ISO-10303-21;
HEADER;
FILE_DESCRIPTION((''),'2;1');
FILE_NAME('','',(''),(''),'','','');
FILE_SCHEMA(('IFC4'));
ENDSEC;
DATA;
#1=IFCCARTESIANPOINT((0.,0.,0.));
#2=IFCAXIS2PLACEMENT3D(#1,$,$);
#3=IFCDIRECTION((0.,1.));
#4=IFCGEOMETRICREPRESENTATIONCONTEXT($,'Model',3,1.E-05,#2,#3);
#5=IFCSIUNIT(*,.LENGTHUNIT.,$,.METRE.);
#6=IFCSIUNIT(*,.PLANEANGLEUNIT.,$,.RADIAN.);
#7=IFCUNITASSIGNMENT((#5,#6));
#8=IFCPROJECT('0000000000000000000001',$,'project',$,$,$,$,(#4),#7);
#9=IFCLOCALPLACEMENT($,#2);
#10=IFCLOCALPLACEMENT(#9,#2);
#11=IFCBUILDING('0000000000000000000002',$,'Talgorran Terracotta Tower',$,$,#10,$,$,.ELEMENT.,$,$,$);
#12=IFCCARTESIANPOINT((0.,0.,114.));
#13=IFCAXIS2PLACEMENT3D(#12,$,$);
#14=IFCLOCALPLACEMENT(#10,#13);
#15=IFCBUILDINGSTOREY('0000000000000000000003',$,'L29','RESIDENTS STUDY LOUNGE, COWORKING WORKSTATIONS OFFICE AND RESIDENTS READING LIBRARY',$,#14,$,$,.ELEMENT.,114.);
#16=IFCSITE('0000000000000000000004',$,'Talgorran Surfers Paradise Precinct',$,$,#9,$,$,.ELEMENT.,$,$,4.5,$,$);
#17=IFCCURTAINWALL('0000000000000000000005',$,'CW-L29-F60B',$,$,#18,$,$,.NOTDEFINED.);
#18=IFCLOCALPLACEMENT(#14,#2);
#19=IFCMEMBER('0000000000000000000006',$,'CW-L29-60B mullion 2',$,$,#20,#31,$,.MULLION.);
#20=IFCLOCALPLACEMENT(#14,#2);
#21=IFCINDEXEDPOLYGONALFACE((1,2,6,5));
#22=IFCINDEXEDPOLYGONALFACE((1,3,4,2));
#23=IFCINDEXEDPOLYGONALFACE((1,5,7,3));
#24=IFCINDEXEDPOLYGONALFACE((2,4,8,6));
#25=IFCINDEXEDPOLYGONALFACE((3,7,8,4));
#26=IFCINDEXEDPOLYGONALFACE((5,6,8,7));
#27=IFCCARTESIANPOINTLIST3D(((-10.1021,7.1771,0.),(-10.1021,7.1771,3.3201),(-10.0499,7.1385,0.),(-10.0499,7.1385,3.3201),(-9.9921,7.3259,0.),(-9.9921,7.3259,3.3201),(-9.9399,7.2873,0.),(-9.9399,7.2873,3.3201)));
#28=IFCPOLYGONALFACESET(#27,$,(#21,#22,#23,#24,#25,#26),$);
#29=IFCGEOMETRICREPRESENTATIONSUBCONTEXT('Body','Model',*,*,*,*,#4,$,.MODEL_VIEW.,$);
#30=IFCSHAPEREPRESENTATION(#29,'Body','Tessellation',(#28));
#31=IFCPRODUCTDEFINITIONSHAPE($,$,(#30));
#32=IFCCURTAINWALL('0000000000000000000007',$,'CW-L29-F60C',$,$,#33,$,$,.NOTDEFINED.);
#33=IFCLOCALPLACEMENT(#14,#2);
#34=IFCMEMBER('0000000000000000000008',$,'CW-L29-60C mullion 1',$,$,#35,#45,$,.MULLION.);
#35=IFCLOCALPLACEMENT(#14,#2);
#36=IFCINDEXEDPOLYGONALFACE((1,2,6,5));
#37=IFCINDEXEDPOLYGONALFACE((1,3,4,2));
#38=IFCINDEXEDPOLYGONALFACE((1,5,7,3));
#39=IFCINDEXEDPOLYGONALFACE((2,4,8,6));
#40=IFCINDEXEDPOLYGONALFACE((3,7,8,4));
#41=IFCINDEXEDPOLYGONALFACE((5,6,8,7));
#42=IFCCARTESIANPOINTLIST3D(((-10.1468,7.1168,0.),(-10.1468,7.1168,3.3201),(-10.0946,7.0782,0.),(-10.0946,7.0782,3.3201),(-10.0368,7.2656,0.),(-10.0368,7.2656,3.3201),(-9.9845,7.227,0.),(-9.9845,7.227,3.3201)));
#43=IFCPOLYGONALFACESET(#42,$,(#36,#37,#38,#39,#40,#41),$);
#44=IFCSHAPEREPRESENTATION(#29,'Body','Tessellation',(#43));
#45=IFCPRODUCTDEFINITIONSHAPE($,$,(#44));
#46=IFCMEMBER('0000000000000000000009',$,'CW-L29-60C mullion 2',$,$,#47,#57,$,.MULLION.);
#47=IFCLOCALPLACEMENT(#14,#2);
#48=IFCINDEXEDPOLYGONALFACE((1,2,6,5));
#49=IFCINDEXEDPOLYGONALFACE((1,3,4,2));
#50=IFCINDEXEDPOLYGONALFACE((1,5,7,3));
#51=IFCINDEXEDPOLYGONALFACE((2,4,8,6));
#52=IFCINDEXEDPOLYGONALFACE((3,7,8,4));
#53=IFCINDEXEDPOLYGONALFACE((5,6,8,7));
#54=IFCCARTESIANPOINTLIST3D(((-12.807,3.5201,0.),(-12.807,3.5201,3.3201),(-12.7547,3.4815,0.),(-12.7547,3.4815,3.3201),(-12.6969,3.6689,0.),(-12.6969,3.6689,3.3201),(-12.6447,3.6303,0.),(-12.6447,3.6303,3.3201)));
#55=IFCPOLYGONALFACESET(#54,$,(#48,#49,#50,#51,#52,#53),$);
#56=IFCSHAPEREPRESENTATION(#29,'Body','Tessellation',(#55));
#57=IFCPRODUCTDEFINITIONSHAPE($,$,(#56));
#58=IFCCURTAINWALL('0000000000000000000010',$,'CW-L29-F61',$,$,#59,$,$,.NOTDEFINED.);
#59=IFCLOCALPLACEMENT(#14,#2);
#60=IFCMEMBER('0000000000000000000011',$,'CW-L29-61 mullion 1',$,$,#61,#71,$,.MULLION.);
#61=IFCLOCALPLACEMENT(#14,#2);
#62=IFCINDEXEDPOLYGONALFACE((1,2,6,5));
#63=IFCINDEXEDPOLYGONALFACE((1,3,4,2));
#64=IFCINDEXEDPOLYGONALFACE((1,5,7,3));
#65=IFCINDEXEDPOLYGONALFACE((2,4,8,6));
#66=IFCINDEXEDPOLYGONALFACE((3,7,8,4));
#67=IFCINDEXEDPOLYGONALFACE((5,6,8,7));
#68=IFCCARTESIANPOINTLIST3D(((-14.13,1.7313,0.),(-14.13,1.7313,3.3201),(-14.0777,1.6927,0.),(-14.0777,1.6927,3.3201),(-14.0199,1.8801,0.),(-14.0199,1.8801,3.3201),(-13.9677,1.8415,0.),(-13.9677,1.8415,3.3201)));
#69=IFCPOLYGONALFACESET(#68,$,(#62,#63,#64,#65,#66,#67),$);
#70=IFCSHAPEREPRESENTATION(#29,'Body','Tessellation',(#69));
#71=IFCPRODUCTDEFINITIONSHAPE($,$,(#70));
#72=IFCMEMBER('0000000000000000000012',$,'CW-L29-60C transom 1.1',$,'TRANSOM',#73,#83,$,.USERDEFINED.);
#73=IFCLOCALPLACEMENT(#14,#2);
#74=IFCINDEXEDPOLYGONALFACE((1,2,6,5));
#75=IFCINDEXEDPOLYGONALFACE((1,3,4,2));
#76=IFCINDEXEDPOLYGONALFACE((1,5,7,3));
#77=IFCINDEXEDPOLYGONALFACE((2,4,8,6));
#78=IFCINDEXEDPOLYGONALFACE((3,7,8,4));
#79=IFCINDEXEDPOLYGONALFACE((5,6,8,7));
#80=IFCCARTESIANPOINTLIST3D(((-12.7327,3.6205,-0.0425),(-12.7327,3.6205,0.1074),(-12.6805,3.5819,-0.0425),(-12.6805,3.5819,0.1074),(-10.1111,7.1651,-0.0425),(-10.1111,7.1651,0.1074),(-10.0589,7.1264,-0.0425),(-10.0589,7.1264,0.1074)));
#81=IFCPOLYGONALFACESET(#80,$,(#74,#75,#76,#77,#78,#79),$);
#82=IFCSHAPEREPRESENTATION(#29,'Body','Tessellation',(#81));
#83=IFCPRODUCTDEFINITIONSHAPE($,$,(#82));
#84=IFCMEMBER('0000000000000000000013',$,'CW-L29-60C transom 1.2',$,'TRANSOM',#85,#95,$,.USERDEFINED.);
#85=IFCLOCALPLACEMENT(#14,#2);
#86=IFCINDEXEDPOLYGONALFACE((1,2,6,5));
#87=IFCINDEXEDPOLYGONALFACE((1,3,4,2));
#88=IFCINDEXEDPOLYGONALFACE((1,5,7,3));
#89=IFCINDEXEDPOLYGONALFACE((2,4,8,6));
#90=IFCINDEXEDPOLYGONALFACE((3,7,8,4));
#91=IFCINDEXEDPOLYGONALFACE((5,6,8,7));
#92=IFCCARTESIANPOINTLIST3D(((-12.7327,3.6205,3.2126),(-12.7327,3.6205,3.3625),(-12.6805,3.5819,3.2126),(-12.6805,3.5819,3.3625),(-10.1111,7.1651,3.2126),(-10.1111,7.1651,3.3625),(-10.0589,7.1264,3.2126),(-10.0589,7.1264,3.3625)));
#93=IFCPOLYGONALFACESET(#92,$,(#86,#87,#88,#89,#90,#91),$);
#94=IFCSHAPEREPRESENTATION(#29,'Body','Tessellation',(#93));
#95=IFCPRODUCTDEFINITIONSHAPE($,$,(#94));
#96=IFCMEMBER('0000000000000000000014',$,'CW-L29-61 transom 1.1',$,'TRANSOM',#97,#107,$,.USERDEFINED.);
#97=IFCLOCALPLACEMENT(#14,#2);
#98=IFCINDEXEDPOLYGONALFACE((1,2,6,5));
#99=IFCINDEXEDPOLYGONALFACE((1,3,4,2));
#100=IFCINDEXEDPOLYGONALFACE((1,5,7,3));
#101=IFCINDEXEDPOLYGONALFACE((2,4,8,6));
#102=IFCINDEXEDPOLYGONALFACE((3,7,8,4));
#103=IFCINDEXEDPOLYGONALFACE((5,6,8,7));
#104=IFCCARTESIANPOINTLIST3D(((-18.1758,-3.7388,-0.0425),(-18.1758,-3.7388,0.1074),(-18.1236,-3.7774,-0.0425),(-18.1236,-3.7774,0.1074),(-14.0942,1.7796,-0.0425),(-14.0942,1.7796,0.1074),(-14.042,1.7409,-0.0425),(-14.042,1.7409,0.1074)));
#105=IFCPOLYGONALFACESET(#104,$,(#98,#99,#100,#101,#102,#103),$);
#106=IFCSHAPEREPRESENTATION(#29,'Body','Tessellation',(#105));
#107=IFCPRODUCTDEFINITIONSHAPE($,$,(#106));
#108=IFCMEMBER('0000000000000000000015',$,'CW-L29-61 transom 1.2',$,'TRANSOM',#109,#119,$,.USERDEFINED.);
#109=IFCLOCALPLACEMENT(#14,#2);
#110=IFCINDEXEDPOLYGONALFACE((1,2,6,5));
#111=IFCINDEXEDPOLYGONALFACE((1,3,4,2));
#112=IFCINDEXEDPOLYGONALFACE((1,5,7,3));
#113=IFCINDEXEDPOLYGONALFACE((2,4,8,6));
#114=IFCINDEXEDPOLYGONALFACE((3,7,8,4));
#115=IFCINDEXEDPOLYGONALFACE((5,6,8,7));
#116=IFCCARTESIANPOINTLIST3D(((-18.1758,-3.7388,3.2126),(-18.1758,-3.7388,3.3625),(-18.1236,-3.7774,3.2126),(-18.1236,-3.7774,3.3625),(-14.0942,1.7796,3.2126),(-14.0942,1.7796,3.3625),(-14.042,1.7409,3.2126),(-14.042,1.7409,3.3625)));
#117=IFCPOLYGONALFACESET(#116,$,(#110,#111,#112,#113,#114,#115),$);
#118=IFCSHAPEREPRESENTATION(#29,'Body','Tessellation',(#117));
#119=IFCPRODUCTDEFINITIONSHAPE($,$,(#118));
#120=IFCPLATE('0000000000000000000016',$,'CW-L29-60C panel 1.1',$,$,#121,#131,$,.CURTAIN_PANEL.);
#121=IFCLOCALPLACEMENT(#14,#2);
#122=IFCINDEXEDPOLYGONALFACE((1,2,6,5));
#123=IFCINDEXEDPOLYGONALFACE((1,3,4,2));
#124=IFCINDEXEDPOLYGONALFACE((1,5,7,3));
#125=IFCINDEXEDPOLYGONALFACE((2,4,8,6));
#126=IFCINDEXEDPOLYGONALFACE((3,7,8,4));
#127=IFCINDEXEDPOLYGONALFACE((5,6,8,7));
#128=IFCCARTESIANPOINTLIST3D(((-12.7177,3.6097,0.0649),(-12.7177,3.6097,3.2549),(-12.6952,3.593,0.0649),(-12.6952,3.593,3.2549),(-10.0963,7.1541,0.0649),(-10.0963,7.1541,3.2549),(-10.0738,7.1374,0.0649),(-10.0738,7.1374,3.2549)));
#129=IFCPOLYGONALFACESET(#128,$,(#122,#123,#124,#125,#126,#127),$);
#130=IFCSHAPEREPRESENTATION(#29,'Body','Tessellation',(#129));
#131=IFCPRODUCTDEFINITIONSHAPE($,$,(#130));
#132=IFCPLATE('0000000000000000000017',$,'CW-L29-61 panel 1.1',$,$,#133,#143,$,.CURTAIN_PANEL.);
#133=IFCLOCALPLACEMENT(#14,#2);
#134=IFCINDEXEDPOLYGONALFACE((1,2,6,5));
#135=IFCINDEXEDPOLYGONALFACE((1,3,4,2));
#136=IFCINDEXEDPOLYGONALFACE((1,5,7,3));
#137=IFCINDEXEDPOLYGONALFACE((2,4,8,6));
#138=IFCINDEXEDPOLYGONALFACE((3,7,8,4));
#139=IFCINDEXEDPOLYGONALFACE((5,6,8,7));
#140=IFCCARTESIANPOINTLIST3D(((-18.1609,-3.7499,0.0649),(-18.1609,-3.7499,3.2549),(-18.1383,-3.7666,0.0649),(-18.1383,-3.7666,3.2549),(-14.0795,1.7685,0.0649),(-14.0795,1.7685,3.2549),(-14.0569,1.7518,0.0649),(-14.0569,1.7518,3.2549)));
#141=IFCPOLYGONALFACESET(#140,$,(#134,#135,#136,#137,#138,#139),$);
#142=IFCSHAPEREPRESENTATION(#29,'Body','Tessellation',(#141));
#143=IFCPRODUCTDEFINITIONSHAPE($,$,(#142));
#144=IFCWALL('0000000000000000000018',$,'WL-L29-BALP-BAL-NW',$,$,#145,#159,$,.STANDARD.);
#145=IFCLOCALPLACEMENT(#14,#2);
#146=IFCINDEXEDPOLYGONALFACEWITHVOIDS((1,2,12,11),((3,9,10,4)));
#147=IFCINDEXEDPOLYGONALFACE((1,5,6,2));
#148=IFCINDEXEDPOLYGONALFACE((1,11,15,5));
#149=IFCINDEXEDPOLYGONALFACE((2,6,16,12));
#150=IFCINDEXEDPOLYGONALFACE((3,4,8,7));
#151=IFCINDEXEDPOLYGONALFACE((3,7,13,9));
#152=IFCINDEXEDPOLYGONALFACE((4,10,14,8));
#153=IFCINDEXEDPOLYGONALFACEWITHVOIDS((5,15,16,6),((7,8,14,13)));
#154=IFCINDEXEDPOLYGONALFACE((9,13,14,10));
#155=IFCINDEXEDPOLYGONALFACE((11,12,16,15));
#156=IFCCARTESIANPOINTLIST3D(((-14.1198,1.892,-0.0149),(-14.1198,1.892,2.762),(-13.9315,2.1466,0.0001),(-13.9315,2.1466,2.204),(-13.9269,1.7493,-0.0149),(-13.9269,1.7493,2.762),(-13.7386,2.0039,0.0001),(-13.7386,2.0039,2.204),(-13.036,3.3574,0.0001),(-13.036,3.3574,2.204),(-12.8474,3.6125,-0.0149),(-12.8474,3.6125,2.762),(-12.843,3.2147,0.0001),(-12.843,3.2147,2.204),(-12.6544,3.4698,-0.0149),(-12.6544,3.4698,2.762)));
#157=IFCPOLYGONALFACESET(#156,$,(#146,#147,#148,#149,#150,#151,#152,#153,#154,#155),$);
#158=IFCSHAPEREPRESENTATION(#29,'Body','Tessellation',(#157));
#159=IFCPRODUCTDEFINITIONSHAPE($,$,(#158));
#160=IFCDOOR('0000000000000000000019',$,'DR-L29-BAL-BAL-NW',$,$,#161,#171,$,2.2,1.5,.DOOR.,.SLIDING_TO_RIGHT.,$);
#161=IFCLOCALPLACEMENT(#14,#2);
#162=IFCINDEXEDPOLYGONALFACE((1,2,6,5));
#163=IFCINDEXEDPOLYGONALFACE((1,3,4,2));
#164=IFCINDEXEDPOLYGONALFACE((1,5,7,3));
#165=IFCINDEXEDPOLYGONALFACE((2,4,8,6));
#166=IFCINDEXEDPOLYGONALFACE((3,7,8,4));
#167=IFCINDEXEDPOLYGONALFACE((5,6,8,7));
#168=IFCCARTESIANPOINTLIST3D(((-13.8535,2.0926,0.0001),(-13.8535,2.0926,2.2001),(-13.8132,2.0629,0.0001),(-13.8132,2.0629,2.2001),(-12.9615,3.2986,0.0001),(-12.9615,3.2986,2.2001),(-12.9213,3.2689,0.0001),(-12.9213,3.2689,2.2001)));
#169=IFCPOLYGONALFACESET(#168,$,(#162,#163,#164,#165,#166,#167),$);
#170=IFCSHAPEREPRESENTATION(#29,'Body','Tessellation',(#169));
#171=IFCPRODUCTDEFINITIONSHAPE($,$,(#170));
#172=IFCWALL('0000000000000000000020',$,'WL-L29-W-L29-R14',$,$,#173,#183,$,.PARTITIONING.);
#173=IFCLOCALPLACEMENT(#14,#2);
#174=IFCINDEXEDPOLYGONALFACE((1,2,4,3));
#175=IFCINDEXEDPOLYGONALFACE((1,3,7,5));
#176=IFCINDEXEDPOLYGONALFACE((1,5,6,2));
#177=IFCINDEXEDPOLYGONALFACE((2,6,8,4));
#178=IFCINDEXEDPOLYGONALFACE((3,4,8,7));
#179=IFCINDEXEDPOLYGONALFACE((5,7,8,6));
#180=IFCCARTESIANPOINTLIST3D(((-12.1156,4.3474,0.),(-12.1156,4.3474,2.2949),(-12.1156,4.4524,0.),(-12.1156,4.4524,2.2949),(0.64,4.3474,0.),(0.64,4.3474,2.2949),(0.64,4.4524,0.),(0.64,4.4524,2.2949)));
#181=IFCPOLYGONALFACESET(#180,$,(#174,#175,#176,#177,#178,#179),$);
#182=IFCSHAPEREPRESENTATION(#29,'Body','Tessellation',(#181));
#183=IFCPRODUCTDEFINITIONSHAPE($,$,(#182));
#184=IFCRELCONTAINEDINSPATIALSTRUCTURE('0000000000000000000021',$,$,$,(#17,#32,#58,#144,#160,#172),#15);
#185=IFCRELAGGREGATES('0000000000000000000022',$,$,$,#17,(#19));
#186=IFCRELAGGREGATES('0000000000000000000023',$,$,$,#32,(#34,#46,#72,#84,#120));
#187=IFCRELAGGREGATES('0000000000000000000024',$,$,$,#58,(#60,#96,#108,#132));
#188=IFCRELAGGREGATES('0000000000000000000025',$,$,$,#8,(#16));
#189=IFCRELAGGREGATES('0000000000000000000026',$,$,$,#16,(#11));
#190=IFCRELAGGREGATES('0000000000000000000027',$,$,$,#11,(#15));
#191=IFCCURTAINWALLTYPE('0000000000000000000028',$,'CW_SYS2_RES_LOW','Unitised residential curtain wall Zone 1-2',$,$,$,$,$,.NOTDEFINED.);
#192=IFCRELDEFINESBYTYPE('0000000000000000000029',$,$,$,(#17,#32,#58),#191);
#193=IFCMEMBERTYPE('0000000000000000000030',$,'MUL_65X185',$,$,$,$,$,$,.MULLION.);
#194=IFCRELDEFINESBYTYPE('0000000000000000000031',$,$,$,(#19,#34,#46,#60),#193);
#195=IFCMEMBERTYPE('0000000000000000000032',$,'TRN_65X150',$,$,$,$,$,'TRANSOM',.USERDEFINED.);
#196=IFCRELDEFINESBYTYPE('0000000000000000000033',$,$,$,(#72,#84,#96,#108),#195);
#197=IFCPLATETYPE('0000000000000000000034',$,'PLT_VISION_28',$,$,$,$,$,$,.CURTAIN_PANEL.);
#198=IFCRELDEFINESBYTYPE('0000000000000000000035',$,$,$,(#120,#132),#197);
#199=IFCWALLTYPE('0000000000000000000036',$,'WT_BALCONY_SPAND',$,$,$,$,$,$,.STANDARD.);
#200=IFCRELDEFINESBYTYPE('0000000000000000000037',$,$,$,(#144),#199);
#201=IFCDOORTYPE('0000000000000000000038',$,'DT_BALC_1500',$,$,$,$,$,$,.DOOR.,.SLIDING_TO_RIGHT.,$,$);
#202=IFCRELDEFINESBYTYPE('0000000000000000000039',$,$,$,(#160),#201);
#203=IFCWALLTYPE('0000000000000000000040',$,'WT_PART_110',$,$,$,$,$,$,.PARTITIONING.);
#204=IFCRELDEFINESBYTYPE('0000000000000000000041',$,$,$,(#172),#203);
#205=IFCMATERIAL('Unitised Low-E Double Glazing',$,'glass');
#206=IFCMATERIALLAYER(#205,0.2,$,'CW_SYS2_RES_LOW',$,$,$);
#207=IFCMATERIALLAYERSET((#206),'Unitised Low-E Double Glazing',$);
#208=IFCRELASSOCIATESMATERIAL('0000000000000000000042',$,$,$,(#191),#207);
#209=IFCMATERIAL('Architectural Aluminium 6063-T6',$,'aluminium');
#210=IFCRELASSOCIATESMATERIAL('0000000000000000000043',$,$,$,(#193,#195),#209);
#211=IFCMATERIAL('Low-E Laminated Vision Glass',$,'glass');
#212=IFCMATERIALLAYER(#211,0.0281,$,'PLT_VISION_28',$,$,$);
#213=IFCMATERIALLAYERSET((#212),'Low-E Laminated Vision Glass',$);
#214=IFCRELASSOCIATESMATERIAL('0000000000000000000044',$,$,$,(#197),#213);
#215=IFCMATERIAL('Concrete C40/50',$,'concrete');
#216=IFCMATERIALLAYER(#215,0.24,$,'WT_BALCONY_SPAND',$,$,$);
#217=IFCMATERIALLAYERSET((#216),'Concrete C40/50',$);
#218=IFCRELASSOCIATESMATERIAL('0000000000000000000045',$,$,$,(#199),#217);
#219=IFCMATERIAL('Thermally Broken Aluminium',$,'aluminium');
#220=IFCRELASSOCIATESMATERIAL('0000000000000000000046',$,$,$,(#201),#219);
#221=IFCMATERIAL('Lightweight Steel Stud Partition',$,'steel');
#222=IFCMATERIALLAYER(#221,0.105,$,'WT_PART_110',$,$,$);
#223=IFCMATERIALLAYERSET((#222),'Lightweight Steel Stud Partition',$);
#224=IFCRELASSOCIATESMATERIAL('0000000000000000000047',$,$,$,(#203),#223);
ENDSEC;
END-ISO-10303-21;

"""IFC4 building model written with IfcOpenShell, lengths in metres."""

from ifc_helpers import new_model, si_unit, direction, frame, frame_2d, origin, origin_2d, place, context, subcontext, project, spatial, rectangle, extrude, source, transform, mapped, material, layer, layer_set, material_profile, profile_set, type_object, type_shapes, element, fill, aggregate, save


model = new_model("IFC4")

# Units and contexts
model_context = context("Model", 3, precision=1e-05, world=origin(), true_north=direction((0.0, 1.0)))
body_context = subcontext(model_context, "Body", "Model", "MODEL_VIEW")
ifc_project = project(units=[si_unit("LENGTHUNIT", "METRE"), si_unit("PLANEANGLEUNIT", "RADIAN")], contexts=[model_context])

# Site, building, storey
site_placement = place(None, origin())
site = spatial("IfcSite", under=ifc_project, at=site_placement, Name="Talgorran Surfers Paradise Precinct", CompositionType="ELEMENT", RefElevation=4.5)
building_placement = place(site_placement, origin())
building = spatial("IfcBuilding", under=site, at=building_placement, Name="Talgorran Terracotta Tower", CompositionType="ELEMENT")
storey_placement = place(building_placement, frame((0.0, 0.0, 114.0)))
storey = spatial("IfcBuildingStorey", under=building, at=storey_placement, Name="L29", Description="RESIDENTS STUDY LOUNGE, COWORKING WORKSTATIONS OFFICE AND RESIDENTS READING LIBRARY", CompositionType="ELEMENT", Elevation=114.0)

# Curtain wall, member
ifc_material_1 = material(Name="Unitised Low-E Double Glazing", Category="glass")
ifc_layer_1 = layer(ifc_material_1, 0.2, Name="CW_SYS2_RES_LOW")
ifc_layer_set_1 = layer_set([ifc_layer_1], Name="Unitised Low-E Double Glazing")
curtain_wall_type = type_object("IfcCurtainWallType", Name="CW_SYS2_RES_LOW", Description="Unitised residential curtain wall Zone 1-2", PredefinedType="NOTDEFINED", material=ifc_layer_set_1)
curtain_wall_1_placement = place(storey_placement, origin())
curtain_wall_1 = element("IfcCurtainWall", 1, at=curtain_wall_1_placement, inside=storey, type_object=curtain_wall_type, Name="CW-L29-F60B", PredefinedType="NOTDEFINED")
ifc_material_2 = material(Name="Architectural Aluminium 6063-T6", Category="aluminium")
ifc_material_profile_1 = material_profile(ifc_material_2, rectangle(XDim=0.0649, YDim=0.1851, at=origin_2d()), Name="CWM65X185")
ifc_profile_set_1 = profile_set([ifc_material_profile_1], Name="Architectural Aluminium 6063-T6")
member_type_1 = type_object("IfcMemberType", Name="MUL_65X185", PredefinedType="MULLION", material=ifc_profile_set_1)
member_1_placement = place(storey_placement, frame((-10.021, 7.2322, 0.0), z_axis=(0.0, 0.0, 1.0), x_axis=(0.804014, -0.594611, 0.0)))
member_1 = element("IfcMember", 2, at=member_1_placement, type_object=member_type_1, Name="CW-L29-60B mullion 2", PredefinedType="MULLION", context=body_context, shape_type="SweptSolid", body=[
    extrude(rectangle(XDim=0.0649, YDim=0.1851, at=origin_2d()), origin(), (0.0, 0.0, 1.0), 3.3201),
])
aggregate(curtain_wall_1, [member_1])

# Curtain wall, members
curtain_wall_2_placement = place(storey_placement, origin())
curtain_wall_2 = element("IfcCurtainWall", 3, at=curtain_wall_2_placement, inside=storey, type_object=curtain_wall_type, Name="CW-L29-F60C", PredefinedType="NOTDEFINED")
member_2_placement = place(storey_placement, frame((-10.0657, 7.1719, 0.0), z_axis=(0.0, 0.0, 1.0), x_axis=(0.803998, -0.594631, 0.0)))
member_2 = element("IfcMember", 4, at=member_2_placement, type_object=member_type_1, Name="CW-L29-60C mullion 1", PredefinedType="MULLION", context=body_context, shape_type="SweptSolid", body=[
    extrude(rectangle(XDim=0.0649, YDim=0.1851, at=origin_2d()), origin(), (0.0, 0.0, 1.0), 3.3201),
])
member_3_placement = place(storey_placement, frame((-12.7258, 3.5752, 0.0), z_axis=(0.0, 0.0, 1.0), x_axis=(0.803998, -0.594631, 0.0)))
member_3 = element("IfcMember", 5, at=member_3_placement, type_object=member_type_1, Name="CW-L29-60C mullion 2", PredefinedType="MULLION", context=body_context, shape_type="SweptSolid", body=[
    extrude(rectangle(XDim=0.0649, YDim=0.1851, at=origin_2d()), origin(), (0.0, 0.0, 1.0), 3.3201),
])

# Curtain wall, member
curtain_wall_3_placement = place(storey_placement, origin())
curtain_wall_3 = element("IfcCurtainWall", 6, at=curtain_wall_3_placement, inside=storey, type_object=curtain_wall_type, Name="CW-L29-F61", PredefinedType="NOTDEFINED")
member_4_placement = place(storey_placement, frame((-14.0488, 1.7864, 0.0), z_axis=(0.0, 0.0, 1.0), x_axis=(0.803995, -0.594635, 0.0)))
member_4 = element("IfcMember", 7, at=member_4_placement, type_object=member_type_1, Name="CW-L29-61 mullion 1", PredefinedType="MULLION", context=body_context, shape_type="SweptSolid", body=[
    extrude(rectangle(XDim=0.0649, YDim=0.1851, at=origin_2d()), origin(), (0.0, 0.0, 1.0), 3.3201),
])

# Members
ifc_material_profile_2 = material_profile(ifc_material_2, rectangle(XDim=0.0649, YDim=0.1499, at=origin_2d()), Name="CWT65X150")
ifc_profile_set_2 = profile_set([ifc_material_profile_2], Name="Architectural Aluminium 6063-T6")
member_type_2 = type_object("IfcMemberType", Name="TRN_65X150", ElementType="TRANSOM", PredefinedType="USERDEFINED", material=ifc_profile_set_2)
member_5_placement = place(storey_placement, frame((-10.085, 7.1458, 0.0325), z_axis=(-0.594653, -0.803983, 0.0), x_axis=(0.803983, -0.594653, 0.0)))
member_5 = element("IfcMember", 8, at=member_5_placement, type_object=member_type_2, Name="CW-L29-60C transom 1.1", ObjectType="TRANSOM", PredefinedType="USERDEFINED", context=body_context, shape_type="SweptSolid", body=[
    extrude(rectangle(XDim=0.0649, YDim=0.1499, at=origin_2d()), origin(), (0.0, 0.0, 1.0), 4.4087),
])
member_6_placement = place(storey_placement, frame((-10.085, 7.1458, 3.2876), z_axis=(-0.594653, -0.803983, 0.0), x_axis=(0.803983, -0.594653, 0.0)))
member_6 = element("IfcMember", 9, at=member_6_placement, type_object=member_type_2, Name="CW-L29-60C transom 1.2", ObjectType="TRANSOM", PredefinedType="USERDEFINED", context=body_context, shape_type="SweptSolid", body=[
    extrude(rectangle(XDim=0.0649, YDim=0.1499, at=origin_2d()), origin(), (0.0, 0.0, 1.0), 4.4087),
])
member_7_placement = place(storey_placement, frame((-14.0681, 1.7603, 0.0325), z_axis=(-0.594654, -0.803982, 0.0), x_axis=(0.803982, -0.594654, 0.0)))
member_7 = element("IfcMember", 10, at=member_7_placement, type_object=member_type_2, Name="CW-L29-61 transom 1.1", ObjectType="TRANSOM", PredefinedType="USERDEFINED", context=body_context, shape_type="SweptSolid", body=[
    extrude(rectangle(XDim=0.0649, YDim=0.1499, at=origin_2d()), origin(), (0.0, 0.0, 1.0), 6.8638),
])
member_8_placement = place(storey_placement, frame((-14.0681, 1.7603, 3.2876), z_axis=(-0.594654, -0.803982, 0.0), x_axis=(0.803982, -0.594654, 0.0)))
member_8 = element("IfcMember", 11, at=member_8_placement, type_object=member_type_2, Name="CW-L29-61 transom 1.2", ObjectType="TRANSOM", PredefinedType="USERDEFINED", context=body_context, shape_type="SweptSolid", body=[
    extrude(rectangle(XDim=0.0649, YDim=0.1499, at=origin_2d()), origin(), (0.0, 0.0, 1.0), 6.8638),
])

# Plates
ifc_material_3 = material(Name="Low-E Laminated Vision Glass", Category="glass")
ifc_layer_2 = layer(ifc_material_3, 0.0281, Name="PLT_VISION_28")
ifc_layer_set_2 = layer_set([ifc_layer_2], Name="Low-E Laminated Vision Glass")
plate_type = type_object("IfcPlateType", Name="PLT_VISION_28", PredefinedType="CURTAIN_PANEL", material=ifc_layer_set_2)
shared_shape_1 = source(origin(), body_context, "Body", "SweptSolid", [
    extrude(rectangle(XDim=4.4084, YDim=0.0281, at=origin_2d()), origin(), (0.0, 0.0, 1.0), 3.1899),
])
plate_1_placement = place(storey_placement, frame((-11.3958, 5.3735, 0.0649), z_axis=(0.0, 0.0, 1.0), x_axis=(-0.594631, -0.803998, 0.0)))
plate_1 = element("IfcPlate", 12, at=plate_1_placement, type_object=plate_type, Name="CW-L29-60C panel 1.1", PredefinedType="CURTAIN_PANEL", context=body_context, shape_type="MappedRepresentation", body=[
    mapped(shared_shape_1, transform((0.0, 0.0, 0.0), scale=1.0)),
])
aggregate(curtain_wall_2, [member_2, member_3, member_5, member_6, plate_1])
shared_shape_2 = source(origin(), body_context, "Body", "SweptSolid", [
    extrude(rectangle(XDim=6.8638, YDim=0.0281, at=origin_2d()), origin(), (0.0, 0.0, 1.0), 3.1899),
])
type_shapes(plate_type, [shared_shape_1, shared_shape_2])
plate_2_placement = place(storey_placement, frame((-16.1089, -0.999, 0.0649), z_axis=(0.0, 0.0, 1.0), x_axis=(-0.594635, -0.803995, 0.0)))
plate_2 = element("IfcPlate", 13, at=plate_2_placement, type_object=plate_type, Name="CW-L29-61 panel 1.1", PredefinedType="CURTAIN_PANEL", context=body_context, shape_type="MappedRepresentation", body=[
    mapped(shared_shape_2, transform((0.0, 0.0, 0.0), scale=1.0)),
])
aggregate(curtain_wall_3, [member_4, member_7, member_8, plate_2])

# Wall, opening, door
ifc_material_4 = material(Name="Concrete C40/50", Category="concrete")
ifc_layer_3 = layer(ifc_material_4, 0.24, Name="WT_BALCONY_SPAND")
ifc_layer_set_3 = layer_set([ifc_layer_3], Name="Concrete C40/50")
wall_type_1 = type_object("IfcWallType", Name="WT_BALCONY_SPAND", PredefinedType="STANDARD", material=ifc_layer_set_3)
wall_1_placement = place(storey_placement, frame((-12.751, 3.541, -0.0149), z_axis=(0.0, 0.0, 1.0), x_axis=(-0.594638, -0.803994, 0.0)))
wall_1 = element("IfcWall", 14, at=wall_1_placement, inside=storey, type_object=wall_type_1, Name="WL-L29-BALP-BAL-NW", PredefinedType="STANDARD", context=body_context, shape_type="SweptSolid", body=[
    extrude(rectangle(XDim=2.1399, YDim=0.24, at=frame_2d((1.0698, 0.0))), origin(), (0.0, 0.0, 1.0), 2.7769),
])
opening_placement = place(wall_1_placement, frame((0.3201, 0.0, 0.0149)))
opening = element("IfcOpeningElement", 15, at=opening_placement, cuts=wall_1, PredefinedType="OPENING", context=body_context, shape_type="SweptSolid", body=[
    extrude(rectangle(XDim=1.506, YDim=2.204, at=frame_2d((0.75, 1.1021))), frame((0.0, 0.1299, 0.0), z_axis=(0.0, -1.0, 0.0), x_axis=(1.0, 0.0, 0.0)), (0.0, 0.0, 1.0), 0.26),
])
ifc_material_5 = material(Name="Thermally Broken Aluminium", Category="aluminium")
door_type = type_object("IfcDoorType", Name="DT_BALC_1500", OperationType="SLIDING_TO_RIGHT", PredefinedType="DOOR", material=ifc_material_5)
door_placement = place(opening_placement, origin())
door = element("IfcDoor", 16, at=door_placement, inside=storey, type_object=door_type, Name="DR-L29-BAL-BAL-NW", OperationType="SLIDING_TO_RIGHT", OverallHeight=2.2, OverallWidth=1.5, PredefinedType="DOOR", context=body_context, shape_type="SweptSolid", body=[
    extrude(rectangle(XDim=1.5, YDim=2.2, at=frame_2d((0.75, 1.1001))), frame((0.0, 0.0249, 0.0), z_axis=(0.0, -1.0, 0.0), x_axis=(1.0, 0.0, 0.0)), (0.0, 0.0, 1.0), 0.05),
])
fill(opening, door)

# Wall
ifc_material_6 = material(Name="Lightweight Steel Stud Partition", Category="steel")
ifc_layer_4 = layer(ifc_material_6, 0.105, Name="WT_PART_110")
ifc_layer_set_4 = layer_set([ifc_layer_4], Name="Lightweight Steel Stud Partition")
wall_type_2 = type_object("IfcWallType", Name="WT_PART_110", PredefinedType="PARTITIONING", material=ifc_layer_set_4)
wall_2_placement = place(storey_placement, frame((-12.1157, 4.3999, 0.0), z_axis=(0.0, 0.0, 1.0), x_axis=(1.0, 0.0, 0.0)))
element("IfcWall", 17, at=wall_2_placement, inside=storey, type_object=wall_type_2, Name="WL-L29-W-L29-R14", PredefinedType="PARTITIONING", context=body_context, shape_type="SweptSolid", body=[
    extrude(rectangle(XDim=12.7556, YDim=0.105, at=frame_2d((6.3779, 0.0))), origin(), (0.0, 0.0, 1.0), 2.2949),
])

save(model, "model.ifc")
